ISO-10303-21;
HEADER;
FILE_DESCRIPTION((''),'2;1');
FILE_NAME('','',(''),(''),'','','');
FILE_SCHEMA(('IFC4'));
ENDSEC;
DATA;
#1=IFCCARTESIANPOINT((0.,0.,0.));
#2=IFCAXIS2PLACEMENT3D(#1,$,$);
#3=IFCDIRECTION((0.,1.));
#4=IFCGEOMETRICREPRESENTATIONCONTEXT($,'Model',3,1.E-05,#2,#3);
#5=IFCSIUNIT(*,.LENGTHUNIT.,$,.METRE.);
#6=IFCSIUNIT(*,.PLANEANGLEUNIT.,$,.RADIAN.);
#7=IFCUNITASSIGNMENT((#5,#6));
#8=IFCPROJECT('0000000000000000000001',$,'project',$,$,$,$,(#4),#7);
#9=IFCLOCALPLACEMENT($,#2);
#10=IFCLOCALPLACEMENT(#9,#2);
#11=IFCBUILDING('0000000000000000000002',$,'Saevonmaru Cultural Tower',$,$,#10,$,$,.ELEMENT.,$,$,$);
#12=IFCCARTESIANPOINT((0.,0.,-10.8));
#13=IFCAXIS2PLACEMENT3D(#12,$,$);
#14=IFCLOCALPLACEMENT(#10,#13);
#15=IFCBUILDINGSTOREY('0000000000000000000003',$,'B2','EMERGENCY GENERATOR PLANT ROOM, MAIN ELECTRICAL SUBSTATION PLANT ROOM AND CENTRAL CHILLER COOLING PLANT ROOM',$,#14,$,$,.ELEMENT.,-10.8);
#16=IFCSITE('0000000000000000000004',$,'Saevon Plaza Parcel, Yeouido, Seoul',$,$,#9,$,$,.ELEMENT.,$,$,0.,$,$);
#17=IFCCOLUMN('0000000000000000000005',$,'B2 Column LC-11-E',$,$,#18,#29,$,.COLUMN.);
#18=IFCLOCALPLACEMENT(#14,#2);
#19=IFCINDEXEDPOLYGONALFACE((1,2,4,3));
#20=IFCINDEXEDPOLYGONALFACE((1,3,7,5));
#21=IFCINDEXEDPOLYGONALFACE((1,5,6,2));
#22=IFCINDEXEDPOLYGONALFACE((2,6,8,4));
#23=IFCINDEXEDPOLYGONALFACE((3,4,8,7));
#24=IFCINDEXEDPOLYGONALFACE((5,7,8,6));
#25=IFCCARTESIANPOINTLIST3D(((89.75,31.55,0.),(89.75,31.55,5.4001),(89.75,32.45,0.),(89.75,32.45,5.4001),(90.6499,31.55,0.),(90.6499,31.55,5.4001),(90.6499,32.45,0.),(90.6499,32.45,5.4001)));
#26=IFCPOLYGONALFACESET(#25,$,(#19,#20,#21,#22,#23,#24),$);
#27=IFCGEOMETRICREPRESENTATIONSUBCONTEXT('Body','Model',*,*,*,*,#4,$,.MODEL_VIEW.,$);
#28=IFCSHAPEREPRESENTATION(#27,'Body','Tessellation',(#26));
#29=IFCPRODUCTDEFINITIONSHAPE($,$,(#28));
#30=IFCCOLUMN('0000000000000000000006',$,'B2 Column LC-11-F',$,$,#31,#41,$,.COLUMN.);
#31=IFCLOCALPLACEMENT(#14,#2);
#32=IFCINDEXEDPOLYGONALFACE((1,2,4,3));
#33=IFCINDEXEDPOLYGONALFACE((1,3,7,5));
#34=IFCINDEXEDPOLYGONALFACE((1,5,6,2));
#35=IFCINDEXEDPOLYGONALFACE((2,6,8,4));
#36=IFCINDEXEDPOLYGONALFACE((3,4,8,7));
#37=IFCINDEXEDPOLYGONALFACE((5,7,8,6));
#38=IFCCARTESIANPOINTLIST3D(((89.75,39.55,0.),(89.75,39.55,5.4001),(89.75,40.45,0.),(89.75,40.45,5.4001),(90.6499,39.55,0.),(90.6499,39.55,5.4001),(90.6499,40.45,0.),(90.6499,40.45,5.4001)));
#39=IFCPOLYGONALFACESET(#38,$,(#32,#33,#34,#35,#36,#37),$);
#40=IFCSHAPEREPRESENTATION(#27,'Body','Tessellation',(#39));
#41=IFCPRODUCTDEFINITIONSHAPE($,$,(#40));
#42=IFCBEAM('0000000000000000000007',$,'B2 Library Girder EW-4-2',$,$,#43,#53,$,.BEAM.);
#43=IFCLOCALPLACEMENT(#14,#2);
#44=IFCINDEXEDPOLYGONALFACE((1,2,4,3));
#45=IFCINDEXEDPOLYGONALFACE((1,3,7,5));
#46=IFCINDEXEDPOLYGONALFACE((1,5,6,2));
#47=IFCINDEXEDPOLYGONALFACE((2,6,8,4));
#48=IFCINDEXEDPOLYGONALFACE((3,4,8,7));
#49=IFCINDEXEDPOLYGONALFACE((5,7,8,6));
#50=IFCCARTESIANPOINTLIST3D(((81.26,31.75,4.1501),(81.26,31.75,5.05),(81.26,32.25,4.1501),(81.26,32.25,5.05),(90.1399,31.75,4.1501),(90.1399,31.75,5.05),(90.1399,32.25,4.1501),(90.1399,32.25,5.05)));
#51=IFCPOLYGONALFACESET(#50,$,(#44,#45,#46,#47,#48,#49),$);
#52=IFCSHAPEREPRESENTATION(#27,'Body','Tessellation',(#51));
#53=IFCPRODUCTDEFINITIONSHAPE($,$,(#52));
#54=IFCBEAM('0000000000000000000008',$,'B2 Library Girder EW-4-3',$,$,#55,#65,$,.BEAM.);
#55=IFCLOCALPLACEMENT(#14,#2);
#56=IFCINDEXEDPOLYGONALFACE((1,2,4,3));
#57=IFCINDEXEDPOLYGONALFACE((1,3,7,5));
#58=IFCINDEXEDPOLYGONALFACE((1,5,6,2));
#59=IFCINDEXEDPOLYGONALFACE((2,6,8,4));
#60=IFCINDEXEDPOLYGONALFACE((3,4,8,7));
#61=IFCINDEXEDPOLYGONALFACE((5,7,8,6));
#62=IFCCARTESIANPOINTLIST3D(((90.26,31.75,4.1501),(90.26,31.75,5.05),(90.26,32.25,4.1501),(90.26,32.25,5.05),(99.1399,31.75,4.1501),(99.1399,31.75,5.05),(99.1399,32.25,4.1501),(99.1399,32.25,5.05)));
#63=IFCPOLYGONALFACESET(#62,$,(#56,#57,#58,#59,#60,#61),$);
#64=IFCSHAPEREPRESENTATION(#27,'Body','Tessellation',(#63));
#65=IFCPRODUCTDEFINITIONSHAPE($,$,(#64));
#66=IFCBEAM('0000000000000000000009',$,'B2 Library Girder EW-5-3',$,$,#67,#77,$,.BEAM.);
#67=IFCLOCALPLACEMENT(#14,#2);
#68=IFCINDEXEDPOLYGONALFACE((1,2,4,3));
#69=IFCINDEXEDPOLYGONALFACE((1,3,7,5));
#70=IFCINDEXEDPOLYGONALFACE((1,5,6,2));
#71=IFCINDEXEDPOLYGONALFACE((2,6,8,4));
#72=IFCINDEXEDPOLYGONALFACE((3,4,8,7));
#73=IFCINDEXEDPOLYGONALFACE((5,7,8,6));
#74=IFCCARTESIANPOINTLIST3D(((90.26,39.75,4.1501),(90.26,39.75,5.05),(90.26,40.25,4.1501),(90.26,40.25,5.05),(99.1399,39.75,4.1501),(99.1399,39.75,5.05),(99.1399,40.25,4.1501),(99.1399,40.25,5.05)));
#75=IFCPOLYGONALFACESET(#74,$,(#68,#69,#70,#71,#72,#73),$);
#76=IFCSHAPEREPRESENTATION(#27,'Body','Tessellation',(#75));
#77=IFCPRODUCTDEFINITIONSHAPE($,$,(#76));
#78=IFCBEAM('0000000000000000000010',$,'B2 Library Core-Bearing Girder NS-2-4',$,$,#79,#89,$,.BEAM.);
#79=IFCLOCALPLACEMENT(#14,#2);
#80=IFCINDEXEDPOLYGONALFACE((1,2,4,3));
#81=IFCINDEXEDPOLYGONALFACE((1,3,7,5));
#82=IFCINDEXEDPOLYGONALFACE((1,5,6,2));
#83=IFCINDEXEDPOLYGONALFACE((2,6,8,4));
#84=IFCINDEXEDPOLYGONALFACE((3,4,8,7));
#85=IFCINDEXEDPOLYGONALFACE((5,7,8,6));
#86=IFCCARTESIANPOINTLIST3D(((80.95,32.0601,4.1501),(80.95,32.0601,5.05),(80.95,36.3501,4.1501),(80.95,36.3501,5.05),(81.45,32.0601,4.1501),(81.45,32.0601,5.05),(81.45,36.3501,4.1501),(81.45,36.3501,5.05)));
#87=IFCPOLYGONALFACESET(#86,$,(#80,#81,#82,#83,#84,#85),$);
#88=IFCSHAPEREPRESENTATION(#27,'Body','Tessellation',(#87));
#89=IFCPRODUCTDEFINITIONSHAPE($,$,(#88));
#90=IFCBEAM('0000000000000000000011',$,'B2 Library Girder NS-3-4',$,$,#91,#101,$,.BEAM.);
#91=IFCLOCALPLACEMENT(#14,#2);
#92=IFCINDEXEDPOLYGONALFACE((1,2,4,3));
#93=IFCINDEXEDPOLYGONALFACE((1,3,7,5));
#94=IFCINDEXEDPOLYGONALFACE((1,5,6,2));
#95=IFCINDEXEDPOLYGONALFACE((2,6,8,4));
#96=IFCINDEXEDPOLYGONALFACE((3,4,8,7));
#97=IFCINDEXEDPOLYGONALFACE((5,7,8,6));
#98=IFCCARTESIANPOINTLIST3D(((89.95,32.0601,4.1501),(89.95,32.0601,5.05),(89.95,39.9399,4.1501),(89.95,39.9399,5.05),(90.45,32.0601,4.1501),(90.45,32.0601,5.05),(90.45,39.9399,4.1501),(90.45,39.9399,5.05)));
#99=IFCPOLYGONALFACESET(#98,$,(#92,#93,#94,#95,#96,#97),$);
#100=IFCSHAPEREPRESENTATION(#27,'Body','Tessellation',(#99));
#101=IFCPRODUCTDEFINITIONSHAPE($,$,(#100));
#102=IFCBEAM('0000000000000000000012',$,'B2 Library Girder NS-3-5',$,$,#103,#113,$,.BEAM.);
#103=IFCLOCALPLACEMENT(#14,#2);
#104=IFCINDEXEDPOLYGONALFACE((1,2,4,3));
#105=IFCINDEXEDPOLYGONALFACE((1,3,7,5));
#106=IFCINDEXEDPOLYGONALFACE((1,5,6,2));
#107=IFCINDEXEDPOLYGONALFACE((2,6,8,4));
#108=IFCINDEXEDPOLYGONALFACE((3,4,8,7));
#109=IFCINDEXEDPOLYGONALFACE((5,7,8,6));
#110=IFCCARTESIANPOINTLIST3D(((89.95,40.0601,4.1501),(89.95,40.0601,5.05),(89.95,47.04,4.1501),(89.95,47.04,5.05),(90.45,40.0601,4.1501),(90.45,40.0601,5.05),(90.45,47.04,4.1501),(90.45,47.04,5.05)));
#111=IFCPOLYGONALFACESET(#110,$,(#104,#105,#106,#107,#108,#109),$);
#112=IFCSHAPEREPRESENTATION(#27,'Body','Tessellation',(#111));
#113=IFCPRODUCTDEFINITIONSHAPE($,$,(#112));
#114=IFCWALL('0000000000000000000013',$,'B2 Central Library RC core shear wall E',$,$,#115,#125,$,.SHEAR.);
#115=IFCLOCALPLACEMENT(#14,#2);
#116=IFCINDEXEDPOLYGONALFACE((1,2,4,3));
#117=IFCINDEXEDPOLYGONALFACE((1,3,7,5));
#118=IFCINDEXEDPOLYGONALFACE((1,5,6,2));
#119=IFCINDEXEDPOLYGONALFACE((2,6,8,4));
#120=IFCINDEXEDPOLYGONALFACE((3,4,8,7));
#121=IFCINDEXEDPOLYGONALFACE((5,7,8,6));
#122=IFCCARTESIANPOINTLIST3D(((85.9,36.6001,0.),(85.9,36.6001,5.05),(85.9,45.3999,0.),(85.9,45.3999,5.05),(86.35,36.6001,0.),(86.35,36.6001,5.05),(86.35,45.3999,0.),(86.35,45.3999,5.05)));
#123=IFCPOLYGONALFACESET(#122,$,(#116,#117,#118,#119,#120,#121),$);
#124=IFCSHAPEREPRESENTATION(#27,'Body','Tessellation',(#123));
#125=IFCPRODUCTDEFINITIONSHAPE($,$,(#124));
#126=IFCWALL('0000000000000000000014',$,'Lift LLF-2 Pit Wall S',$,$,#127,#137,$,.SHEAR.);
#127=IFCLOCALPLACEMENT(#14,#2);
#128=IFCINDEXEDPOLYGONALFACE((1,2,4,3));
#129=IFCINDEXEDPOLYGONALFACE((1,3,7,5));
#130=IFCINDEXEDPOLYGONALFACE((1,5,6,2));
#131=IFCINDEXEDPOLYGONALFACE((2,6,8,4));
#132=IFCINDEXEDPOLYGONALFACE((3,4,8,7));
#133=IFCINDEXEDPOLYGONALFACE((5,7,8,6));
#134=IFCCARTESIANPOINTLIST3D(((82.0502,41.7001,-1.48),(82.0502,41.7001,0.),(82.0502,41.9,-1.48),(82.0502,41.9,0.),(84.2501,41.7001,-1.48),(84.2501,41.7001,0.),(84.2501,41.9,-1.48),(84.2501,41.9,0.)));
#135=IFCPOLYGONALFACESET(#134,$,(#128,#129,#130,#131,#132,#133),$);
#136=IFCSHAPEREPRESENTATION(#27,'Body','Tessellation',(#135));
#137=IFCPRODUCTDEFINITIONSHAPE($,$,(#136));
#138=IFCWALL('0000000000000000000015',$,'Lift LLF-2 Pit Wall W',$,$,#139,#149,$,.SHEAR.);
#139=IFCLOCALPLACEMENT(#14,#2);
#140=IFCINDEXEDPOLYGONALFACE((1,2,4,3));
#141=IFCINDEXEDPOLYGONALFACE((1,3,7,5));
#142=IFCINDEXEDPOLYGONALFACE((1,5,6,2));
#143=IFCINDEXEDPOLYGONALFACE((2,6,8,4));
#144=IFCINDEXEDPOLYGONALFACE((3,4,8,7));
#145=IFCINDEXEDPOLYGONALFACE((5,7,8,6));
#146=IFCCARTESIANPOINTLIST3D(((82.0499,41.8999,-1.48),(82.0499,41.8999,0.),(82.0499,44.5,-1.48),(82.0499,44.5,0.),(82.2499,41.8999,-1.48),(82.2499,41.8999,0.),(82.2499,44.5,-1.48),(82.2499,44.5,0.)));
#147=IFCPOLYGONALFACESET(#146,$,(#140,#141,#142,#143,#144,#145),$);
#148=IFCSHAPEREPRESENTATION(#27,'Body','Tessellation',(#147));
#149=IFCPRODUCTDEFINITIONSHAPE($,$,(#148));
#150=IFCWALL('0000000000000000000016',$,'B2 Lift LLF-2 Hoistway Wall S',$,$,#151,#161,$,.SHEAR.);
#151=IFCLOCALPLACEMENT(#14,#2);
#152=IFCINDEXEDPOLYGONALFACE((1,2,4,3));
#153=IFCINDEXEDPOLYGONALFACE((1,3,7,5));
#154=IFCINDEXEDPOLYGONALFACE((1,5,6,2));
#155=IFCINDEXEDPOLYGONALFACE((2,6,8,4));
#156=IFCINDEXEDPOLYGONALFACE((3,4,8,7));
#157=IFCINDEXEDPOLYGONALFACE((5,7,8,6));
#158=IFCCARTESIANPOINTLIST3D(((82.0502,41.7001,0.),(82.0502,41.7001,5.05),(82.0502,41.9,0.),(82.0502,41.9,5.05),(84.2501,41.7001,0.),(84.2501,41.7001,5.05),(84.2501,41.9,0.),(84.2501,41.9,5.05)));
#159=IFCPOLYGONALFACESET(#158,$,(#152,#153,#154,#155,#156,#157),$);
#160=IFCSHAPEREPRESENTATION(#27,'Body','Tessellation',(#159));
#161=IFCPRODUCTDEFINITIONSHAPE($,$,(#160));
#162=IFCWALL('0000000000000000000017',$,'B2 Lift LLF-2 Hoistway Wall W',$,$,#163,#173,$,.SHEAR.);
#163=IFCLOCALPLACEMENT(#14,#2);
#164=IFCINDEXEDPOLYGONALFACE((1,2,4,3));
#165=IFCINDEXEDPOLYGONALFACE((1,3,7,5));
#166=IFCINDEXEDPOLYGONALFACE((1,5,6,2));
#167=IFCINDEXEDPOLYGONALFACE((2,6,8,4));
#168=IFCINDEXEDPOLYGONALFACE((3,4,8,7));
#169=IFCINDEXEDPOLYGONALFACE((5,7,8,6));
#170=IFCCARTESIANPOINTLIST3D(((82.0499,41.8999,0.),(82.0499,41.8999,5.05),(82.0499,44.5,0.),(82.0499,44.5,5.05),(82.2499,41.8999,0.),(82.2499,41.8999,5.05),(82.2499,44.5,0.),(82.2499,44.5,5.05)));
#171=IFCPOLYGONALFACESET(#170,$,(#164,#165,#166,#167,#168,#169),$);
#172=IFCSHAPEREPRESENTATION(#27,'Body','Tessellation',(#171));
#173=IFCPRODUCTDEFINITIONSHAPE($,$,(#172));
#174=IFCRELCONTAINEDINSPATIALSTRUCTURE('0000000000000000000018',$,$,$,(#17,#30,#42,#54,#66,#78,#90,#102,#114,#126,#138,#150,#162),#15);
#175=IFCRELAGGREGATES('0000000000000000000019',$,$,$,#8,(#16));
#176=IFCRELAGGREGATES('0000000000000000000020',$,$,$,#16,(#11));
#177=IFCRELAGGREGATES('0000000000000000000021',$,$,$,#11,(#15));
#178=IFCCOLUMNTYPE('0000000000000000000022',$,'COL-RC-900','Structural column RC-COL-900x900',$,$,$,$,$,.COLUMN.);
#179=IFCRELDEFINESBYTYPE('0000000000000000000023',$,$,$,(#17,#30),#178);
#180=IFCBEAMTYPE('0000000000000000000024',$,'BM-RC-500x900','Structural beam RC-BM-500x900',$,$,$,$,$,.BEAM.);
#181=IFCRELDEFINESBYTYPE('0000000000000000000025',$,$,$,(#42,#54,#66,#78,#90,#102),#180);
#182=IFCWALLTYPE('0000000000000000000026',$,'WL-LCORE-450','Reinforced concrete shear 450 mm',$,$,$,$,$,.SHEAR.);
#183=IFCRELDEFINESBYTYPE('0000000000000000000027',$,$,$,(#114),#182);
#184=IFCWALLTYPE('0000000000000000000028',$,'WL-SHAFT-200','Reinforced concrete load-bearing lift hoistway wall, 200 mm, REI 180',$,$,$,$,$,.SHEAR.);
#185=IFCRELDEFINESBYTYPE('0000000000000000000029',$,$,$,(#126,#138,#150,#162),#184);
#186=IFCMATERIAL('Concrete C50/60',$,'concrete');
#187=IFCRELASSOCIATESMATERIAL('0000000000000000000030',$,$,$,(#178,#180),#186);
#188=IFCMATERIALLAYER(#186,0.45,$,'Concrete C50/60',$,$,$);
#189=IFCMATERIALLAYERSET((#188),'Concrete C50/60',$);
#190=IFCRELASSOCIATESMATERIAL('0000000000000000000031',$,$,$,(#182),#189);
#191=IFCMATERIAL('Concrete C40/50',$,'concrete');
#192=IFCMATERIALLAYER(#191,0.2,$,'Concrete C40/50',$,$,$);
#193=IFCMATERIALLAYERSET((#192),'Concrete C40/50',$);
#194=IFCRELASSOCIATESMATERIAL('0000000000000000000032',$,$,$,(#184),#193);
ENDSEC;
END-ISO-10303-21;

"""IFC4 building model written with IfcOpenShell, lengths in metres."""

from ifc_helpers import new_model, si_unit, direction, frame, frame_2d, origin, origin_2d, place, context, subcontext, project, spatial, rectangle, extrude, material, layer, layer_set, material_profile, profile_set, type_object, element, save


model = new_model("IFC4")

# Units and contexts
model_context = context("Model", 3, precision=1e-05, world=origin(), true_north=direction((0.0, 1.0)))
body_context = subcontext(model_context, "Body", "Model", "MODEL_VIEW")
ifc_project = project(units=[si_unit("LENGTHUNIT", "METRE"), si_unit("PLANEANGLEUNIT", "RADIAN")], contexts=[model_context])

# Site, building, storey
site_placement = place(None, origin())
site = spatial("IfcSite", under=ifc_project, at=site_placement, Name="Saevon Plaza Parcel, Yeouido, Seoul", CompositionType="ELEMENT", RefElevation=0.0)
building_placement = place(site_placement, origin())
building = spatial("IfcBuilding", under=site, at=building_placement, Name="Saevonmaru Cultural Tower", CompositionType="ELEMENT")
storey_placement = place(building_placement, frame((0.0, 0.0, -10.8)))
storey = spatial("IfcBuildingStorey", under=building, at=storey_placement, Name="B2", Description="EMERGENCY GENERATOR PLANT ROOM, MAIN ELECTRICAL SUBSTATION PLANT ROOM AND CENTRAL CHILLER COOLING PLANT ROOM", CompositionType="ELEMENT", Elevation=-10.8)

# Shared definitions
ifc_material_1 = material(Name="Concrete C50/60", Category="concrete")

# Shared definitions
ifc_material_2 = material(Name="Concrete C40/50", Category="concrete")

# Columns
ifc_material_profile_1 = material_profile(ifc_material_1, rectangle(XDim=0.8999, YDim=0.8999, at=origin_2d()), Name="RC-COL-900x900")
ifc_profile_set_1 = profile_set([ifc_material_profile_1], Name="Concrete C50/60")
column_type = type_object("IfcColumnType", Name="COL-RC-900", Description="Structural column RC-COL-900x900", PredefinedType="COLUMN", material=ifc_profile_set_1)
for number, where, z_axis, x_axis, name in (
    (1, (90.2, 32.0, 0.0), (0.0, 0.0, 1.0), (1.0, 0.0, 0.0), "B2 Column LC-11-E"),
    (2, (90.2, 40.0, 0.0), (0.0, 0.0, 1.0), (1.0, 0.0, 0.0), "B2 Column LC-11-F"),
):
    element("IfcColumn", number, at=place(storey_placement, frame(where, z_axis=z_axis, x_axis=x_axis)), inside=storey, type_object=column_type, Name=name, PredefinedType="COLUMN", context=body_context, shape_type="SweptSolid", body=[
        extrude(rectangle(XDim=0.8999, YDim=0.8999, at=origin_2d()), origin(), (0.0, 0.0, 1.0), 5.4001),
    ])

# Beams
ifc_material_profile_2 = material_profile(ifc_material_1, rectangle(XDim=0.5, YDim=0.8999, at=origin_2d()), Name="RC-BM-500x900")
ifc_profile_set_2 = profile_set([ifc_material_profile_2], Name="Concrete C50/60")
beam_type = type_object("IfcBeamType", Name="BM-RC-500x900", Description="Structural beam RC-BM-500x900", PredefinedType="BEAM", material=ifc_profile_set_2)
for number, where, z_axis, x_axis, name in (
    (3, (81.26, 32.0, 4.6001), (1.0, 0.0, 0.0), (0.0, 1.0, 0.0), "B2 Library Girder EW-4-2"),
    (4, (90.26, 32.0, 4.6001), (1.0, 0.0, 0.0), (0.0, 1.0, 0.0), "B2 Library Girder EW-4-3"),
    (5, (90.26, 40.0, 4.6001), (1.0, 0.0, 0.0), (0.0, 1.0, 0.0), "B2 Library Girder EW-5-3"),
):
    element("IfcBeam", number, at=place(storey_placement, frame(where, z_axis=z_axis, x_axis=x_axis)), inside=storey, type_object=beam_type, Name=name, PredefinedType="BEAM", context=body_context, shape_type="SweptSolid", body=[
        extrude(rectangle(XDim=0.5, YDim=0.8999, at=origin_2d()), origin(), (0.0, 0.0, 1.0), 8.8799),
    ])
beam_1_placement = place(storey_placement, frame((81.2, 32.0601, 4.6001), z_axis=(0.0, 1.0, 0.0), x_axis=(-1.0, 0.0, 0.0)))
element("IfcBeam", 6, at=beam_1_placement, inside=storey, type_object=beam_type, Name="B2 Library Core-Bearing Girder NS-2-4", PredefinedType="BEAM", context=body_context, shape_type="SweptSolid", body=[
    extrude(rectangle(XDim=0.5, YDim=0.8999, at=origin_2d()), origin(), (0.0, 0.0, 1.0), 4.29),
])
beam_2_placement = place(storey_placement, frame((90.2, 32.0601, 4.6001), z_axis=(0.0, 1.0, 0.0), x_axis=(-1.0, 0.0, 0.0)))
element("IfcBeam", 7, at=beam_2_placement, inside=storey, type_object=beam_type, Name="B2 Library Girder NS-3-4", PredefinedType="BEAM", context=body_context, shape_type="SweptSolid", body=[
    extrude(rectangle(XDim=0.5, YDim=0.8999, at=origin_2d()), origin(), (0.0, 0.0, 1.0), 7.8799),
])
beam_3_placement = place(storey_placement, frame((90.2, 40.0601, 4.6001), z_axis=(0.0, 1.0, 0.0), x_axis=(-1.0, 0.0, 0.0)))
element("IfcBeam", 8, at=beam_3_placement, inside=storey, type_object=beam_type, Name="B2 Library Girder NS-3-5", PredefinedType="BEAM", context=body_context, shape_type="SweptSolid", body=[
    extrude(rectangle(XDim=0.5, YDim=0.8999, at=origin_2d()), origin(), (0.0, 0.0, 1.0), 6.98),
])

# Walls
ifc_layer_1 = layer(ifc_material_1, 0.45, Name="Concrete C50/60")
ifc_layer_set_1 = layer_set([ifc_layer_1], Name="Concrete C50/60")
wall_type_1 = type_object("IfcWallType", Name="WL-LCORE-450", Description="Reinforced concrete shear 450 mm", PredefinedType="SHEAR", material=ifc_layer_set_1)
wall_1_placement = place(storey_placement, frame((86.125, 36.6001, 0.0), z_axis=(0.0, 0.0, 1.0), x_axis=(0.0, 1.0, 0.0)))
element("IfcWall", 9, at=wall_1_placement, inside=storey, type_object=wall_type_1, Name="B2 Central Library RC core shear wall E", PredefinedType="SHEAR", context=body_context, shape_type="SweptSolid", body=[
    extrude(rectangle(XDim=8.7998, YDim=0.45, at=frame_2d((4.3999, 0.0))), origin(), (0.0, 0.0, 1.0), 5.05),
])
ifc_layer_2 = layer(ifc_material_2, 0.2, Name="Concrete C40/50")
ifc_layer_set_2 = layer_set([ifc_layer_2], Name="Concrete C40/50")
wall_type_2 = type_object("IfcWallType", Name="WL-SHAFT-200", Description="Reinforced concrete load-bearing lift hoistway wall, 200 mm, REI 180", PredefinedType="SHEAR", material=ifc_layer_set_2)
wall_2_placement = place(storey_placement, frame((82.05, 41.8, -1.48), z_axis=(0.0, 0.0, 1.0), x_axis=(1.0, 0.0, 0.0)))
element("IfcWall", 10, at=wall_2_placement, inside=storey, type_object=wall_type_2, Name="Lift LLF-2 Pit Wall S", PredefinedType="SHEAR", context=body_context, shape_type="SweptSolid", body=[
    extrude(rectangle(XDim=2.2, YDim=0.2, at=frame_2d((1.1001, 0.0))), origin(), (0.0, 0.0, 1.0), 1.48),
])
wall_3_placement = place(storey_placement, frame((82.1499, 41.8999, -1.48), z_axis=(0.0, 0.0, 1.0), x_axis=(0.0, 1.0, 0.0)))
element("IfcWall", 11, at=wall_3_placement, inside=storey, type_object=wall_type_2, Name="Lift LLF-2 Pit Wall W", PredefinedType="SHEAR", context=body_context, shape_type="SweptSolid", body=[
    extrude(rectangle(XDim=2.6001, YDim=0.2, at=frame_2d((1.3, 0.0))), origin(), (0.0, 0.0, 1.0), 1.48),
])
wall_4_placement = place(storey_placement, frame((82.05, 41.8, 0.0), z_axis=(0.0, 0.0, 1.0), x_axis=(1.0, 0.0, 0.0)))
element("IfcWall", 12, at=wall_4_placement, inside=storey, type_object=wall_type_2, Name="B2 Lift LLF-2 Hoistway Wall S", PredefinedType="SHEAR", context=body_context, shape_type="SweptSolid", body=[
    extrude(rectangle(XDim=2.2, YDim=0.2, at=frame_2d((1.1001, 0.0))), origin(), (0.0, 0.0, 1.0), 5.05),
])
wall_5_placement = place(storey_placement, frame((82.1499, 41.8999, 0.0), z_axis=(0.0, 0.0, 1.0), x_axis=(0.0, 1.0, 0.0)))
element("IfcWall", 13, at=wall_5_placement, inside=storey, type_object=wall_type_2, Name="B2 Lift LLF-2 Hoistway Wall W", PredefinedType="SHEAR", context=body_context, shape_type="SweptSolid", body=[
    extrude(rectangle(XDim=2.6001, YDim=0.2, at=frame_2d((1.3, 0.0))), origin(), (0.0, 0.0, 1.0), 5.05),
])

save(model, "model.ifc")
